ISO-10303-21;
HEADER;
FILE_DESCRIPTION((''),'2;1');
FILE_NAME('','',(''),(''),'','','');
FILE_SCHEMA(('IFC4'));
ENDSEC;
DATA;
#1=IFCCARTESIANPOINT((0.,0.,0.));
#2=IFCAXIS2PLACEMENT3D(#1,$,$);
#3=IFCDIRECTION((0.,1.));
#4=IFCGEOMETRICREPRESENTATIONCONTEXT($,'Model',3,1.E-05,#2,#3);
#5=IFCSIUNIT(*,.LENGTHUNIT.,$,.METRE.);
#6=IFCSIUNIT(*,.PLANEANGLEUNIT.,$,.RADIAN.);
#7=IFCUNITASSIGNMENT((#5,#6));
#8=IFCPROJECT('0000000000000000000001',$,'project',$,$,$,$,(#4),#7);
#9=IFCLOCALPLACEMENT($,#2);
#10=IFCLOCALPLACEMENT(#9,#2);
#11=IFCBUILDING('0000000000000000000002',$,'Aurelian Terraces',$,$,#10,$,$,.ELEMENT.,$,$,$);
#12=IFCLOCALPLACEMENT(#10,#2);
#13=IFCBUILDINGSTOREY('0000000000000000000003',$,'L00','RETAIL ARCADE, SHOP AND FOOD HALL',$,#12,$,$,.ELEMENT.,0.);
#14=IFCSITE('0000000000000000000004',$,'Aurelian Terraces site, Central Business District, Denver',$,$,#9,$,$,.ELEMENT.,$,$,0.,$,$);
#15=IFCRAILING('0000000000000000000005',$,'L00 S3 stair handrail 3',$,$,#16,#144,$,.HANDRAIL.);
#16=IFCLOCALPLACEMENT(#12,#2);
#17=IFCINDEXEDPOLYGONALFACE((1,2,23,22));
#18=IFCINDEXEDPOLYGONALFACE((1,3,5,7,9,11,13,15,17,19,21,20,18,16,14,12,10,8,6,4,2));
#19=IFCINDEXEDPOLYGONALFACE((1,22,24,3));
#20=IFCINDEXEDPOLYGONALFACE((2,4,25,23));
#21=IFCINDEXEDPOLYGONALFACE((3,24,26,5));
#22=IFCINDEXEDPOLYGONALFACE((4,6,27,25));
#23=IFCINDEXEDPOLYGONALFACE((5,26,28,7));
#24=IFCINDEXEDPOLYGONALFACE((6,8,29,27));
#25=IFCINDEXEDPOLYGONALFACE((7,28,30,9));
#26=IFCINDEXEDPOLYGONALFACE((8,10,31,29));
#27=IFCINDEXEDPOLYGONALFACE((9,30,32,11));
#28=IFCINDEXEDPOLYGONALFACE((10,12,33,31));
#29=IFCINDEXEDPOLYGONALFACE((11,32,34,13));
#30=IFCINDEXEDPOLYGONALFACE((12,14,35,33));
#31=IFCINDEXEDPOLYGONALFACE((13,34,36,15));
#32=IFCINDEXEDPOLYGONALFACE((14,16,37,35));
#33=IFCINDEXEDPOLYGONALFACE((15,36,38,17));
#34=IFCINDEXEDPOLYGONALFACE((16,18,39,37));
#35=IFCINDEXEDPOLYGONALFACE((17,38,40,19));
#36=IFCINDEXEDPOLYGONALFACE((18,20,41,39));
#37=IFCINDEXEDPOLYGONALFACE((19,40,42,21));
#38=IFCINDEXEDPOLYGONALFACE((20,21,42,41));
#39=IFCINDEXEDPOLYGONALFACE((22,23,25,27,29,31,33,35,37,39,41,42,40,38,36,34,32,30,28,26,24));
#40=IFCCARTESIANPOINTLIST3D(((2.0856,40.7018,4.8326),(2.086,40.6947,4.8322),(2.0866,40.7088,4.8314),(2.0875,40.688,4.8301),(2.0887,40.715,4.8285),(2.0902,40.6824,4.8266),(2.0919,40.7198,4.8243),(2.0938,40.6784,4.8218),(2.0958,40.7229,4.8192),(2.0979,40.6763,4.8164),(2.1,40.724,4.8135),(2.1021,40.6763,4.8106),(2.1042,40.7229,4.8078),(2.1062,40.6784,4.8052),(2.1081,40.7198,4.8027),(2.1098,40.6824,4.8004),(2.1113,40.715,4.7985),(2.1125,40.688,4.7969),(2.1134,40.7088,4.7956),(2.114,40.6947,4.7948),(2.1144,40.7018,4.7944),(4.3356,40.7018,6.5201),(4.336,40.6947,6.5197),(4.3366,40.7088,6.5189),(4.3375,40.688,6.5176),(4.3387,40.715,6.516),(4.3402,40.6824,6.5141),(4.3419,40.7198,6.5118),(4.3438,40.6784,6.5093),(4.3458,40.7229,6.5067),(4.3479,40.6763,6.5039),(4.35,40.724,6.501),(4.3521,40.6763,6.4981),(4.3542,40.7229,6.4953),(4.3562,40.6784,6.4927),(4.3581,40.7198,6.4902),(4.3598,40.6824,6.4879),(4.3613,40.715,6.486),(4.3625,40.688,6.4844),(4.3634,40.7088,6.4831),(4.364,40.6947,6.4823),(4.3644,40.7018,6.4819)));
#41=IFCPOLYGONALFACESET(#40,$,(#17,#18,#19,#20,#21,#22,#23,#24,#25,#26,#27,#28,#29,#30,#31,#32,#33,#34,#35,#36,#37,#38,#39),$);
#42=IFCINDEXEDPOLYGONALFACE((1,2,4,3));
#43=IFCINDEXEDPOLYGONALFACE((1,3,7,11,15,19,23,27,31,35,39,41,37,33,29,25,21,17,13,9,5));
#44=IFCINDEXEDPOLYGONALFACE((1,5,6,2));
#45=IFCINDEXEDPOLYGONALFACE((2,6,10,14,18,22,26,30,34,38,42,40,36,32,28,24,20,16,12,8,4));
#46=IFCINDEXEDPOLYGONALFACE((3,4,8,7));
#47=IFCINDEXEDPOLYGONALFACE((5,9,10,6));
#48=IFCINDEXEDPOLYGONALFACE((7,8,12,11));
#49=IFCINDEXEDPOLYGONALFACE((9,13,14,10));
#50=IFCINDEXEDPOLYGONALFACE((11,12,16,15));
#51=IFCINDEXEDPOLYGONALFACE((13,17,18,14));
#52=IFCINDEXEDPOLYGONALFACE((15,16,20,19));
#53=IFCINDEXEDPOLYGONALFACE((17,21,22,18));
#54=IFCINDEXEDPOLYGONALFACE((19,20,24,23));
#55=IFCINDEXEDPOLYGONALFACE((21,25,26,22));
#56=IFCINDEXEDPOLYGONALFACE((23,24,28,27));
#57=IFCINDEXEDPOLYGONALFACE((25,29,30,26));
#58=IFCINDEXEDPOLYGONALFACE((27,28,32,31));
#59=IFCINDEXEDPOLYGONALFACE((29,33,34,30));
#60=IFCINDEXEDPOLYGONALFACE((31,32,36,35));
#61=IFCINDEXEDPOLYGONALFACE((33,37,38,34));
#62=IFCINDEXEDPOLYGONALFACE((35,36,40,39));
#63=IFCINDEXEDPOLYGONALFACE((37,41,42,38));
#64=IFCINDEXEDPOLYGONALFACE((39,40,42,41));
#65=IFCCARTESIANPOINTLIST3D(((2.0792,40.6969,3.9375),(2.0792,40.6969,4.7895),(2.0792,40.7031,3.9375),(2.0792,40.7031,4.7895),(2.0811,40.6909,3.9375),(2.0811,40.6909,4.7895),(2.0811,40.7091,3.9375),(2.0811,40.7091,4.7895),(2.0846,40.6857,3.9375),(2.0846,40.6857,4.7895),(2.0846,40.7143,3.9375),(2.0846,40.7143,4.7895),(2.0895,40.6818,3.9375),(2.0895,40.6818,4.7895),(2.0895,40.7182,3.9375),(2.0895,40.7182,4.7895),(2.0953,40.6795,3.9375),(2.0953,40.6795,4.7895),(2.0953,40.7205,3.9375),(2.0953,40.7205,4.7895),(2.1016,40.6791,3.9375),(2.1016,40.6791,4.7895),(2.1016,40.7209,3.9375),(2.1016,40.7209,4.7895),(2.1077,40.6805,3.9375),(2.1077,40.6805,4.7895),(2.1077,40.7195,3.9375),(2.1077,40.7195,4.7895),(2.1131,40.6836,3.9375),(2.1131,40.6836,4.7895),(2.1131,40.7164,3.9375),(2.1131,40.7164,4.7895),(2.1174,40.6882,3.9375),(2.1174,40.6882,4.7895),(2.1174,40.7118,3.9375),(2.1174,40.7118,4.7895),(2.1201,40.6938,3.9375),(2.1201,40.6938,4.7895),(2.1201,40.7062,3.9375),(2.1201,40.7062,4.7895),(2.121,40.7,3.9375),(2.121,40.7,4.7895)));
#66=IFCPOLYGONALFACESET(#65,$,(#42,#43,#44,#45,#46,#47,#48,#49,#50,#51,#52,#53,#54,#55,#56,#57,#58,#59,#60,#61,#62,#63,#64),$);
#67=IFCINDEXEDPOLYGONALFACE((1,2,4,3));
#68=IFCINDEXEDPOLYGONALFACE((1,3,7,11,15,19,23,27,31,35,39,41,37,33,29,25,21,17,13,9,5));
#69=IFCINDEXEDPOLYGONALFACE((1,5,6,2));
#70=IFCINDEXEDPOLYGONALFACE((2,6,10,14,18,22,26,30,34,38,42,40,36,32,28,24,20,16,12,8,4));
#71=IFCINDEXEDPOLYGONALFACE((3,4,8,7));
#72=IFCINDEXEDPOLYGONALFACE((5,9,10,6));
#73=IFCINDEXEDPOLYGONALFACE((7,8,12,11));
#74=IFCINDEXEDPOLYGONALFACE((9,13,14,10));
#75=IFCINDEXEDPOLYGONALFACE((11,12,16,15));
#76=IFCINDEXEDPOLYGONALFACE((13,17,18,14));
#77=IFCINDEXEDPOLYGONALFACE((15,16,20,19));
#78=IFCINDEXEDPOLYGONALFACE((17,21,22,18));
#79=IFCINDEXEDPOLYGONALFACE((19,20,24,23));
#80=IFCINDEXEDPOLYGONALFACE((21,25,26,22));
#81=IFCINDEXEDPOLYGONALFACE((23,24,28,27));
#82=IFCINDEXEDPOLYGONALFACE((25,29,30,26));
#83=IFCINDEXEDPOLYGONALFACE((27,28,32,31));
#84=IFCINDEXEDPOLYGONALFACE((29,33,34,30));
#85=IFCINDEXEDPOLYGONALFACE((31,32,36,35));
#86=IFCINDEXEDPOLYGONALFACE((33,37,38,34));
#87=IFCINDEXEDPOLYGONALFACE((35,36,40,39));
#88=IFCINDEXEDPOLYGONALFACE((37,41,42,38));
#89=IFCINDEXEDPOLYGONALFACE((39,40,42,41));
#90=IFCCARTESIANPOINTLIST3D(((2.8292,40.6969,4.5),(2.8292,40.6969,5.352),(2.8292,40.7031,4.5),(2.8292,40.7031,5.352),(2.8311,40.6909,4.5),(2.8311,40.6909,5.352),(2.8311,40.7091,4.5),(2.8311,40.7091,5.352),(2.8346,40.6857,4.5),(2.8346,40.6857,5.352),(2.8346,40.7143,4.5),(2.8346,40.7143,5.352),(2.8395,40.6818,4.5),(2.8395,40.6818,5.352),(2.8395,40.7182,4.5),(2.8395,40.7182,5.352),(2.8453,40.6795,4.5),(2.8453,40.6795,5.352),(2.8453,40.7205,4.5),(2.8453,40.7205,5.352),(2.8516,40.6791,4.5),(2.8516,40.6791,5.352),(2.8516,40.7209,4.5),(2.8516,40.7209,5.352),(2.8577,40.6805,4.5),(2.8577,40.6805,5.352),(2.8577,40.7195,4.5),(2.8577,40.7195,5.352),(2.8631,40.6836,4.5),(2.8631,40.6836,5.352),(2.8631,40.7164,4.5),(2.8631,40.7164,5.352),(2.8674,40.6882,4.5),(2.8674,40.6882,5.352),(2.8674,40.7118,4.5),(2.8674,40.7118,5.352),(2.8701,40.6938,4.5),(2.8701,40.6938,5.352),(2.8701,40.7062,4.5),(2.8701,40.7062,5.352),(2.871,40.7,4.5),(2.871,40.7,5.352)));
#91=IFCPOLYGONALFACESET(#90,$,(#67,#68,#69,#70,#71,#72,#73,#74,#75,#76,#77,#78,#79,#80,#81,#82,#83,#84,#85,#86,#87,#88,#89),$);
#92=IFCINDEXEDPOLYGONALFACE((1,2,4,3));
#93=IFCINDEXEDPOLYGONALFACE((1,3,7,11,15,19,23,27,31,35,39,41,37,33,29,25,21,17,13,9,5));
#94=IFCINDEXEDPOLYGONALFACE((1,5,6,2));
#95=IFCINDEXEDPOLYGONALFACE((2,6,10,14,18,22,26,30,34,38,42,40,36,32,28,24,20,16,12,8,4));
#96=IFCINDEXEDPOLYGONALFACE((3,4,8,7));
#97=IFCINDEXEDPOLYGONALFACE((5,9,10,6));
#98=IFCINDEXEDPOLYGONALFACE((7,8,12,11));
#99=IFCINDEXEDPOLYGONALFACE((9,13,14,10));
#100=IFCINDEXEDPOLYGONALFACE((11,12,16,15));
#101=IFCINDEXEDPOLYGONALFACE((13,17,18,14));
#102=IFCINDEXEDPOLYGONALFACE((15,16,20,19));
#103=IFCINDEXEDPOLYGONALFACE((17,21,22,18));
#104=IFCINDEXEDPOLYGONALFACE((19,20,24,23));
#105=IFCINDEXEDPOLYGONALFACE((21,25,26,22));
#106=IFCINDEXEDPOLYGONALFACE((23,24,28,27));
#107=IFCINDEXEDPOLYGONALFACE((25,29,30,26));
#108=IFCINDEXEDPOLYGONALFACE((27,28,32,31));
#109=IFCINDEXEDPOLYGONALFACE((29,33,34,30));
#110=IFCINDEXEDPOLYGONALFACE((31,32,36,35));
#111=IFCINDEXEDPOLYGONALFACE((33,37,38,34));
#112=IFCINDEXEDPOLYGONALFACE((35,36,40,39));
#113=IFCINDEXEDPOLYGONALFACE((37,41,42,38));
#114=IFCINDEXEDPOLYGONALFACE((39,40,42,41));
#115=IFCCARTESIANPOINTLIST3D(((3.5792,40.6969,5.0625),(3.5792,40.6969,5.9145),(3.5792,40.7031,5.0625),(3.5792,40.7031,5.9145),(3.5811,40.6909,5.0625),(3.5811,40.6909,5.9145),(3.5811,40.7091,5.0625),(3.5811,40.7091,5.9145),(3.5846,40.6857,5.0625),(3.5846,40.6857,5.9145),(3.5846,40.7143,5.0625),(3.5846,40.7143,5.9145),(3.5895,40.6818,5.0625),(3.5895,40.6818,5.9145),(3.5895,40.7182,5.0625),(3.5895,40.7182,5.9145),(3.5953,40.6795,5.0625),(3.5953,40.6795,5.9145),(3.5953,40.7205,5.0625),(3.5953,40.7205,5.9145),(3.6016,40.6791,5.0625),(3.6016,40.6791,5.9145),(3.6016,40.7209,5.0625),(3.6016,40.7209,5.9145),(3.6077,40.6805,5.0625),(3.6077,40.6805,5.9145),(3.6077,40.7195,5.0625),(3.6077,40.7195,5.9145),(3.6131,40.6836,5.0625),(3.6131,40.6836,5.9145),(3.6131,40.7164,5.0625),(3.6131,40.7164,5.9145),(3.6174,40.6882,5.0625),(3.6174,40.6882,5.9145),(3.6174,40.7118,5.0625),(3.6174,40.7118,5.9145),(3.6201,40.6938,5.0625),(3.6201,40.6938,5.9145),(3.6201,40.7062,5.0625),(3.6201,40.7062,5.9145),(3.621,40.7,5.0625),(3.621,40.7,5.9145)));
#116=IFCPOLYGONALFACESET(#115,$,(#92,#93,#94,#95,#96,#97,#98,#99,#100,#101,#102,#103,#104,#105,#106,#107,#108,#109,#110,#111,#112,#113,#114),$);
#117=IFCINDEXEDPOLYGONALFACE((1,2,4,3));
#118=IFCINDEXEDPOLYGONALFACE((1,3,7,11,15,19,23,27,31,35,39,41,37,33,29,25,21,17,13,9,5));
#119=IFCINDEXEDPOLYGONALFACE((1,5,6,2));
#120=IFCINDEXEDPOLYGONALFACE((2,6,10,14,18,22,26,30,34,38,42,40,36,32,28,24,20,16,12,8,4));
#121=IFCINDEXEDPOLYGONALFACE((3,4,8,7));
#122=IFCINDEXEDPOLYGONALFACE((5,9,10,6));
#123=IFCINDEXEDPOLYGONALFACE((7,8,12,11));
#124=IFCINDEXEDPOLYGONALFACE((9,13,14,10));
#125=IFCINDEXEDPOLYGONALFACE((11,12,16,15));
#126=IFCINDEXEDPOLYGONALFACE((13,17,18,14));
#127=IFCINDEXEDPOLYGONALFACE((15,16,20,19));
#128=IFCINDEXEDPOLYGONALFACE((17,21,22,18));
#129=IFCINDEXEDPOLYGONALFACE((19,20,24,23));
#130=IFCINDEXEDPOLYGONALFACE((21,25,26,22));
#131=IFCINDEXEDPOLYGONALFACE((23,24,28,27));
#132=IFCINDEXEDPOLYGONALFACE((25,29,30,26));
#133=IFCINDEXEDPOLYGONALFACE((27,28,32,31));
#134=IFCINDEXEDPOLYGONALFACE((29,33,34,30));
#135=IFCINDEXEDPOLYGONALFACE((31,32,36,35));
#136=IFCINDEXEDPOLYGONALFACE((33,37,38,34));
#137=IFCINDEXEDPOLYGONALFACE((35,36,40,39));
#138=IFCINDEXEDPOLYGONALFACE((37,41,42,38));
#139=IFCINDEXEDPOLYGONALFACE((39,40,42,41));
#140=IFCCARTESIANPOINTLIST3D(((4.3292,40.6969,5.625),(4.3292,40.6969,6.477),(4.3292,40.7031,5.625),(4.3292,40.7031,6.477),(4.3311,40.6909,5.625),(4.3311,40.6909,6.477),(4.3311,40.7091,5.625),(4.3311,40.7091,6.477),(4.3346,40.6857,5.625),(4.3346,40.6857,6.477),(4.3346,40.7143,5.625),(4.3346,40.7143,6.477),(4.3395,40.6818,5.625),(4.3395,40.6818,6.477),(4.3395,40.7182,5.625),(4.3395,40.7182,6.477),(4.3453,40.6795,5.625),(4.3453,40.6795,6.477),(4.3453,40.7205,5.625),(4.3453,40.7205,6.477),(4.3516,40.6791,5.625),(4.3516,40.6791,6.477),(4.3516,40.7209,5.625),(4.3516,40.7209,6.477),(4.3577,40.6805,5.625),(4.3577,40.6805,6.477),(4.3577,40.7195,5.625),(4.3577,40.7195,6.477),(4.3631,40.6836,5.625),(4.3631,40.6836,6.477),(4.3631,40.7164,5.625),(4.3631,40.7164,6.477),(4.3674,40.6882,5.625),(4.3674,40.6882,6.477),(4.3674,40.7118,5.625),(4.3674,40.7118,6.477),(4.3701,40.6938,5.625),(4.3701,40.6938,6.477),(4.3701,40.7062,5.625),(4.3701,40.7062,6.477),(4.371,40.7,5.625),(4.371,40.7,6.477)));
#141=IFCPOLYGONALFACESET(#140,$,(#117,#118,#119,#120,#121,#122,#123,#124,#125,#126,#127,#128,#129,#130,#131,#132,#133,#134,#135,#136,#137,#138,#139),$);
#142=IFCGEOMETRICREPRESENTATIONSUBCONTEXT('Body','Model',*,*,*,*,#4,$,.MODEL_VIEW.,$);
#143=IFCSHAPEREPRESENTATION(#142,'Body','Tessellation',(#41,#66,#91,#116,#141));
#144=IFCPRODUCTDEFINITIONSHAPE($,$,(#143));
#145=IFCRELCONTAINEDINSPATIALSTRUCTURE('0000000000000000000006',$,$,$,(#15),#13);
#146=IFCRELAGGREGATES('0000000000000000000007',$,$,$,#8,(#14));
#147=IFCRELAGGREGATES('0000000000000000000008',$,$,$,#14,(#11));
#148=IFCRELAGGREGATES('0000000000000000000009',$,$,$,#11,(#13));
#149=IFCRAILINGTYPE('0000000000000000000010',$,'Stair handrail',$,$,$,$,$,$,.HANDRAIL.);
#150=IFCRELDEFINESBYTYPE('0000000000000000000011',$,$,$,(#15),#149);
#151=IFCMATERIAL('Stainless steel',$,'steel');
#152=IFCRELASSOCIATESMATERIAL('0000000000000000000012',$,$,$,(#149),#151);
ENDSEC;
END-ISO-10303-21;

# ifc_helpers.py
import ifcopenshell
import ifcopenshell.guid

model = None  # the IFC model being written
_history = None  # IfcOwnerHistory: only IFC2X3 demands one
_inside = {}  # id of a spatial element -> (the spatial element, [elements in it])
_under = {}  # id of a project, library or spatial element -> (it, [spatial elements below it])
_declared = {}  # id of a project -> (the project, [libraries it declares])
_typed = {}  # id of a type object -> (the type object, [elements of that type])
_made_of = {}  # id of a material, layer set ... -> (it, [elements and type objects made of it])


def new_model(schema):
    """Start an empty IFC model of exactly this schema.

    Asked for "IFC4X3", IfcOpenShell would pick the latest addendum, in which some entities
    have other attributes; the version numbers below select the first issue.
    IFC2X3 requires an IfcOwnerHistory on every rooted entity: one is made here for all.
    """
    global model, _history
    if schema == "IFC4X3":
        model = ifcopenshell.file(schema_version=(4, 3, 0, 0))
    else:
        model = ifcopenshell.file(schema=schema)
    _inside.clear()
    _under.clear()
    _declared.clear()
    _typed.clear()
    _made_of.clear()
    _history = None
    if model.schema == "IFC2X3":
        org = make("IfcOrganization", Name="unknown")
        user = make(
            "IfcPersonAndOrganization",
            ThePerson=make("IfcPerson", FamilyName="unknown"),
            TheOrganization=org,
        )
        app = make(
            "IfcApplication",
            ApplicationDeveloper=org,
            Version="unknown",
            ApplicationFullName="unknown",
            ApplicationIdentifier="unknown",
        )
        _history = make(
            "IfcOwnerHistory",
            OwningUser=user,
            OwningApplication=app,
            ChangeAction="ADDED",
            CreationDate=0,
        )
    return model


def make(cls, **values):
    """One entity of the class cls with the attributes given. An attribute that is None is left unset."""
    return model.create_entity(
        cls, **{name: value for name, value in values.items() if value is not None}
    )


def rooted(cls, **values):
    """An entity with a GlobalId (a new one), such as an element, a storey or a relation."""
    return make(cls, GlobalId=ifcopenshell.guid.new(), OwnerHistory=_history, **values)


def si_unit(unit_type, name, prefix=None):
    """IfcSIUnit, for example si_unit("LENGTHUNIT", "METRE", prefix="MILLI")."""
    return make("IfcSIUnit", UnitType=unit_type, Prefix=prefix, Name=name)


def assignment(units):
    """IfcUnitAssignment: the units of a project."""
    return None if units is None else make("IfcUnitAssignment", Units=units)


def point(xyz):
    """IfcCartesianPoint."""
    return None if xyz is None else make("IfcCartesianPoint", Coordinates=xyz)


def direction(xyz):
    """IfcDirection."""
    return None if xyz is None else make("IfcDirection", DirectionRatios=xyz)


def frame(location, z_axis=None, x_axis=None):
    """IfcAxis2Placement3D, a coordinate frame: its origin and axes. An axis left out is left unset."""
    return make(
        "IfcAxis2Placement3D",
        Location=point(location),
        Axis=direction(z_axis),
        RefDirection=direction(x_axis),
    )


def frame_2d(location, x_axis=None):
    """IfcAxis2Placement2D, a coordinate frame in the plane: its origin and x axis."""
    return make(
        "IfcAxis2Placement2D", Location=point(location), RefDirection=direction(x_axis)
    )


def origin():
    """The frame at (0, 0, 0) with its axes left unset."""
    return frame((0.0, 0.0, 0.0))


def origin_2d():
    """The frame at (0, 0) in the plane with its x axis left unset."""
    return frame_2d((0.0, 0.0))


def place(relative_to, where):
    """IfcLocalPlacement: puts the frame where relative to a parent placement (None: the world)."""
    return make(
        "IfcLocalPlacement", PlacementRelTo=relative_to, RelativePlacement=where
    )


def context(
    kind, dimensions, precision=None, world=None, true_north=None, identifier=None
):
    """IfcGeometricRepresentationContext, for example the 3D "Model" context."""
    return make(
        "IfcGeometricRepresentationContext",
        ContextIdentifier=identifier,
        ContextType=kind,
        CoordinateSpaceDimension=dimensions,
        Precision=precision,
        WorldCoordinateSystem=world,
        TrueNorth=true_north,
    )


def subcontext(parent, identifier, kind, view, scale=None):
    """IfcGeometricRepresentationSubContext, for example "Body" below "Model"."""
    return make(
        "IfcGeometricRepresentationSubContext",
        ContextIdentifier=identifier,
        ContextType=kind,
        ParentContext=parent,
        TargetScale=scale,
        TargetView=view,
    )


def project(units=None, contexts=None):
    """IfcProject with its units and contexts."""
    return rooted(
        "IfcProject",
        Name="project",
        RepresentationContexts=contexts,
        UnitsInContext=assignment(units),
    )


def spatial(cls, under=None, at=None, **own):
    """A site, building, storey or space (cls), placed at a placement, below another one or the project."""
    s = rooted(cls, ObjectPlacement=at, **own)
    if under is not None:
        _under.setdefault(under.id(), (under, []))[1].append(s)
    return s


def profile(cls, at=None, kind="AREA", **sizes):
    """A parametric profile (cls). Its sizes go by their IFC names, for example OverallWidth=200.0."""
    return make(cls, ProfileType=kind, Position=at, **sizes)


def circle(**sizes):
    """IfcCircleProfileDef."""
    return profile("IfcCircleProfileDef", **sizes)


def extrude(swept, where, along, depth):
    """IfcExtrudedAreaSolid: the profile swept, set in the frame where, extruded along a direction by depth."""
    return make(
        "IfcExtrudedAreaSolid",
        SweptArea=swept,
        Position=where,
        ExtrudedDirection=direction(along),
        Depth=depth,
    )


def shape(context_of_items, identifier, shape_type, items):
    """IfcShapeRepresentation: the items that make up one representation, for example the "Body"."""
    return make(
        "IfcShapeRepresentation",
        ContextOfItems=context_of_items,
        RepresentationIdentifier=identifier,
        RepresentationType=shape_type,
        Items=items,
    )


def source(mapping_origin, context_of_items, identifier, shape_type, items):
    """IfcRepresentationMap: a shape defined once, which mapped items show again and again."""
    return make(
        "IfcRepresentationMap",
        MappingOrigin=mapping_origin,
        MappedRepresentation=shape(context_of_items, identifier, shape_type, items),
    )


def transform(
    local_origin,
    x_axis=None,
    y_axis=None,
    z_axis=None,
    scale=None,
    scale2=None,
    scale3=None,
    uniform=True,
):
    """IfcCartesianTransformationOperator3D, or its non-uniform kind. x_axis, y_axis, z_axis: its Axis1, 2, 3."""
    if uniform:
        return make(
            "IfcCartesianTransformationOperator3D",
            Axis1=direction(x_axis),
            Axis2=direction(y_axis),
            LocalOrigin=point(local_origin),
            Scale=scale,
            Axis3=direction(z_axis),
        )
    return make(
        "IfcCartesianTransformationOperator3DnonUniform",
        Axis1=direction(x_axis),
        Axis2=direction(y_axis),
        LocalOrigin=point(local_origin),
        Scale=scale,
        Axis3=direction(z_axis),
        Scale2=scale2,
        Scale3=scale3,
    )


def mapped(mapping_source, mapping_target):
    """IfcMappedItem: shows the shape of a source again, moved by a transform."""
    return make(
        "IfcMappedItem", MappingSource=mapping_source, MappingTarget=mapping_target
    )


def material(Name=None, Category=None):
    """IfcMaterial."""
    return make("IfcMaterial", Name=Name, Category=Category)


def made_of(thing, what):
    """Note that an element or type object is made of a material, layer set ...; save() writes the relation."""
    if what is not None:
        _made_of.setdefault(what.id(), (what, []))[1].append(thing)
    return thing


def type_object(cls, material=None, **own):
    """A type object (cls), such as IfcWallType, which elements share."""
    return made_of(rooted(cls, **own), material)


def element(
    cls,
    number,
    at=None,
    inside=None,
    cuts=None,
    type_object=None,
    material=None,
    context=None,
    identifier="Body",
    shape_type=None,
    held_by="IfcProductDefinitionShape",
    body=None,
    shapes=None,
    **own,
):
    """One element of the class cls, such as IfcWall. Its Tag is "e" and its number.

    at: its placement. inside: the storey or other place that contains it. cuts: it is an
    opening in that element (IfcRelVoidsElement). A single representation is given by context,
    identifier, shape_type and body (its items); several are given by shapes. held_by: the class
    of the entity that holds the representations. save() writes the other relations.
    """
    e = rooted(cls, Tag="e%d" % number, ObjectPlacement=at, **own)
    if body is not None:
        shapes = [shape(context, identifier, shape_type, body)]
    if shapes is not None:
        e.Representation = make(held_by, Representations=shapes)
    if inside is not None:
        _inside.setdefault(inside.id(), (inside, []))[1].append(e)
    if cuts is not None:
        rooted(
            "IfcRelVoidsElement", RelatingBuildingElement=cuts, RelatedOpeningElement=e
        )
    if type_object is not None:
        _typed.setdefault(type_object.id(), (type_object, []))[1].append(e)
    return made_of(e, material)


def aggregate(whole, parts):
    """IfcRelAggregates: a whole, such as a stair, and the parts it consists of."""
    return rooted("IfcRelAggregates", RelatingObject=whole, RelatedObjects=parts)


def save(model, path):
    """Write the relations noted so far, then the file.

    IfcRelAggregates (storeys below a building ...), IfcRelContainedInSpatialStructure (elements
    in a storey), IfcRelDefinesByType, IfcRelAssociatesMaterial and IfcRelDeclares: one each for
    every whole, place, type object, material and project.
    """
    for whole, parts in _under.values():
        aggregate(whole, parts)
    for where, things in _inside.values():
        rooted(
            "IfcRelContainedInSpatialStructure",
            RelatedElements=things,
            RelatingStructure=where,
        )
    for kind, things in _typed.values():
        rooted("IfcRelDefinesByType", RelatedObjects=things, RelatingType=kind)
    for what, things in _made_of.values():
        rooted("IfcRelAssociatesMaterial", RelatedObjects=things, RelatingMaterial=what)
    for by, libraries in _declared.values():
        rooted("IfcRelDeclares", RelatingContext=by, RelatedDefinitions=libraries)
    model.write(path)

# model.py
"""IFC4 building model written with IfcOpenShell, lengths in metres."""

from ifc_helpers import new_model, si_unit, direction, frame, origin, origin_2d, place, context, subcontext, project, spatial, circle, extrude, source, transform, mapped, material, type_object, element, save


model = new_model("IFC4")

# Units and contexts
model_context = context("Model", 3, precision=1e-05, world=origin(), true_north=direction((0.0, 1.0)))
body_context = subcontext(model_context, "Body", "Model", "MODEL_VIEW")
ifc_project = project(units=[si_unit("LENGTHUNIT", "METRE"), si_unit("PLANEANGLEUNIT", "RADIAN")], contexts=[model_context])

# Site, building, storey
site_placement = place(None, origin())
site = spatial("IfcSite", under=ifc_project, at=site_placement, Name="Aurelian Terraces site, Central Business District, Denver", CompositionType="ELEMENT", RefElevation=0.0)
building_placement = place(site_placement, origin())
building = spatial("IfcBuilding", under=site, at=building_placement, Name="Aurelian Terraces", CompositionType="ELEMENT")
storey_placement = place(building_placement, origin())
storey = spatial("IfcBuildingStorey", under=building, at=storey_placement, Name="L00", Description="RETAIL ARCADE, SHOP AND FOOD HALL", CompositionType="ELEMENT", Elevation=0.0)

# Railing
ifc_material_1 = material(Name="Stainless steel", Category="steel")
railing_type_1 = type_object("IfcRailingType", Name="Stair handrail", PredefinedType="HANDRAIL", material=ifc_material_1)
shared_shape_1 = source(origin(), body_context, "Body", "SweptSolid", [
    extrude(circle(Radius=0.024, at=origin_2d()), frame((0.0, 0.0, 0.876), z_axis=(0.8, 0.0, 0.6), x_axis=(0.0, 1.0, 0.0)), (0.0, 0.0, 1.0), 2.8125),
    extrude(circle(Radius=0.021, at=origin_2d()), origin(), (0.0, 0.0, 1.0), 0.852),
    extrude(circle(Radius=0.021, at=origin_2d()), frame((0.75, 0.0, 0.5625)), (0.0, 0.0, 1.0), 0.852),
    extrude(circle(Radius=0.021, at=origin_2d()), frame((1.5, 0.0, 1.125)), (0.0, 0.0, 1.0), 0.852),
    extrude(circle(Radius=0.021, at=origin_2d()), frame((2.25, 0.0, 1.6875)), (0.0, 0.0, 1.0), 0.852),
])
railing_1_placement = place(storey_placement, frame((2.1, 40.7, 3.9375)))
element("IfcRailing", 1, at=railing_1_placement, inside=storey, type_object=railing_type_1, Name="L00 S3 stair handrail 3", PredefinedType="HANDRAIL", context=body_context, shape_type="MappedRepresentation", body=[
    mapped(shared_shape_1, transform((0.0, 0.0, 0.0), scale=1.0)),
])

save(model, "model.ifc")
